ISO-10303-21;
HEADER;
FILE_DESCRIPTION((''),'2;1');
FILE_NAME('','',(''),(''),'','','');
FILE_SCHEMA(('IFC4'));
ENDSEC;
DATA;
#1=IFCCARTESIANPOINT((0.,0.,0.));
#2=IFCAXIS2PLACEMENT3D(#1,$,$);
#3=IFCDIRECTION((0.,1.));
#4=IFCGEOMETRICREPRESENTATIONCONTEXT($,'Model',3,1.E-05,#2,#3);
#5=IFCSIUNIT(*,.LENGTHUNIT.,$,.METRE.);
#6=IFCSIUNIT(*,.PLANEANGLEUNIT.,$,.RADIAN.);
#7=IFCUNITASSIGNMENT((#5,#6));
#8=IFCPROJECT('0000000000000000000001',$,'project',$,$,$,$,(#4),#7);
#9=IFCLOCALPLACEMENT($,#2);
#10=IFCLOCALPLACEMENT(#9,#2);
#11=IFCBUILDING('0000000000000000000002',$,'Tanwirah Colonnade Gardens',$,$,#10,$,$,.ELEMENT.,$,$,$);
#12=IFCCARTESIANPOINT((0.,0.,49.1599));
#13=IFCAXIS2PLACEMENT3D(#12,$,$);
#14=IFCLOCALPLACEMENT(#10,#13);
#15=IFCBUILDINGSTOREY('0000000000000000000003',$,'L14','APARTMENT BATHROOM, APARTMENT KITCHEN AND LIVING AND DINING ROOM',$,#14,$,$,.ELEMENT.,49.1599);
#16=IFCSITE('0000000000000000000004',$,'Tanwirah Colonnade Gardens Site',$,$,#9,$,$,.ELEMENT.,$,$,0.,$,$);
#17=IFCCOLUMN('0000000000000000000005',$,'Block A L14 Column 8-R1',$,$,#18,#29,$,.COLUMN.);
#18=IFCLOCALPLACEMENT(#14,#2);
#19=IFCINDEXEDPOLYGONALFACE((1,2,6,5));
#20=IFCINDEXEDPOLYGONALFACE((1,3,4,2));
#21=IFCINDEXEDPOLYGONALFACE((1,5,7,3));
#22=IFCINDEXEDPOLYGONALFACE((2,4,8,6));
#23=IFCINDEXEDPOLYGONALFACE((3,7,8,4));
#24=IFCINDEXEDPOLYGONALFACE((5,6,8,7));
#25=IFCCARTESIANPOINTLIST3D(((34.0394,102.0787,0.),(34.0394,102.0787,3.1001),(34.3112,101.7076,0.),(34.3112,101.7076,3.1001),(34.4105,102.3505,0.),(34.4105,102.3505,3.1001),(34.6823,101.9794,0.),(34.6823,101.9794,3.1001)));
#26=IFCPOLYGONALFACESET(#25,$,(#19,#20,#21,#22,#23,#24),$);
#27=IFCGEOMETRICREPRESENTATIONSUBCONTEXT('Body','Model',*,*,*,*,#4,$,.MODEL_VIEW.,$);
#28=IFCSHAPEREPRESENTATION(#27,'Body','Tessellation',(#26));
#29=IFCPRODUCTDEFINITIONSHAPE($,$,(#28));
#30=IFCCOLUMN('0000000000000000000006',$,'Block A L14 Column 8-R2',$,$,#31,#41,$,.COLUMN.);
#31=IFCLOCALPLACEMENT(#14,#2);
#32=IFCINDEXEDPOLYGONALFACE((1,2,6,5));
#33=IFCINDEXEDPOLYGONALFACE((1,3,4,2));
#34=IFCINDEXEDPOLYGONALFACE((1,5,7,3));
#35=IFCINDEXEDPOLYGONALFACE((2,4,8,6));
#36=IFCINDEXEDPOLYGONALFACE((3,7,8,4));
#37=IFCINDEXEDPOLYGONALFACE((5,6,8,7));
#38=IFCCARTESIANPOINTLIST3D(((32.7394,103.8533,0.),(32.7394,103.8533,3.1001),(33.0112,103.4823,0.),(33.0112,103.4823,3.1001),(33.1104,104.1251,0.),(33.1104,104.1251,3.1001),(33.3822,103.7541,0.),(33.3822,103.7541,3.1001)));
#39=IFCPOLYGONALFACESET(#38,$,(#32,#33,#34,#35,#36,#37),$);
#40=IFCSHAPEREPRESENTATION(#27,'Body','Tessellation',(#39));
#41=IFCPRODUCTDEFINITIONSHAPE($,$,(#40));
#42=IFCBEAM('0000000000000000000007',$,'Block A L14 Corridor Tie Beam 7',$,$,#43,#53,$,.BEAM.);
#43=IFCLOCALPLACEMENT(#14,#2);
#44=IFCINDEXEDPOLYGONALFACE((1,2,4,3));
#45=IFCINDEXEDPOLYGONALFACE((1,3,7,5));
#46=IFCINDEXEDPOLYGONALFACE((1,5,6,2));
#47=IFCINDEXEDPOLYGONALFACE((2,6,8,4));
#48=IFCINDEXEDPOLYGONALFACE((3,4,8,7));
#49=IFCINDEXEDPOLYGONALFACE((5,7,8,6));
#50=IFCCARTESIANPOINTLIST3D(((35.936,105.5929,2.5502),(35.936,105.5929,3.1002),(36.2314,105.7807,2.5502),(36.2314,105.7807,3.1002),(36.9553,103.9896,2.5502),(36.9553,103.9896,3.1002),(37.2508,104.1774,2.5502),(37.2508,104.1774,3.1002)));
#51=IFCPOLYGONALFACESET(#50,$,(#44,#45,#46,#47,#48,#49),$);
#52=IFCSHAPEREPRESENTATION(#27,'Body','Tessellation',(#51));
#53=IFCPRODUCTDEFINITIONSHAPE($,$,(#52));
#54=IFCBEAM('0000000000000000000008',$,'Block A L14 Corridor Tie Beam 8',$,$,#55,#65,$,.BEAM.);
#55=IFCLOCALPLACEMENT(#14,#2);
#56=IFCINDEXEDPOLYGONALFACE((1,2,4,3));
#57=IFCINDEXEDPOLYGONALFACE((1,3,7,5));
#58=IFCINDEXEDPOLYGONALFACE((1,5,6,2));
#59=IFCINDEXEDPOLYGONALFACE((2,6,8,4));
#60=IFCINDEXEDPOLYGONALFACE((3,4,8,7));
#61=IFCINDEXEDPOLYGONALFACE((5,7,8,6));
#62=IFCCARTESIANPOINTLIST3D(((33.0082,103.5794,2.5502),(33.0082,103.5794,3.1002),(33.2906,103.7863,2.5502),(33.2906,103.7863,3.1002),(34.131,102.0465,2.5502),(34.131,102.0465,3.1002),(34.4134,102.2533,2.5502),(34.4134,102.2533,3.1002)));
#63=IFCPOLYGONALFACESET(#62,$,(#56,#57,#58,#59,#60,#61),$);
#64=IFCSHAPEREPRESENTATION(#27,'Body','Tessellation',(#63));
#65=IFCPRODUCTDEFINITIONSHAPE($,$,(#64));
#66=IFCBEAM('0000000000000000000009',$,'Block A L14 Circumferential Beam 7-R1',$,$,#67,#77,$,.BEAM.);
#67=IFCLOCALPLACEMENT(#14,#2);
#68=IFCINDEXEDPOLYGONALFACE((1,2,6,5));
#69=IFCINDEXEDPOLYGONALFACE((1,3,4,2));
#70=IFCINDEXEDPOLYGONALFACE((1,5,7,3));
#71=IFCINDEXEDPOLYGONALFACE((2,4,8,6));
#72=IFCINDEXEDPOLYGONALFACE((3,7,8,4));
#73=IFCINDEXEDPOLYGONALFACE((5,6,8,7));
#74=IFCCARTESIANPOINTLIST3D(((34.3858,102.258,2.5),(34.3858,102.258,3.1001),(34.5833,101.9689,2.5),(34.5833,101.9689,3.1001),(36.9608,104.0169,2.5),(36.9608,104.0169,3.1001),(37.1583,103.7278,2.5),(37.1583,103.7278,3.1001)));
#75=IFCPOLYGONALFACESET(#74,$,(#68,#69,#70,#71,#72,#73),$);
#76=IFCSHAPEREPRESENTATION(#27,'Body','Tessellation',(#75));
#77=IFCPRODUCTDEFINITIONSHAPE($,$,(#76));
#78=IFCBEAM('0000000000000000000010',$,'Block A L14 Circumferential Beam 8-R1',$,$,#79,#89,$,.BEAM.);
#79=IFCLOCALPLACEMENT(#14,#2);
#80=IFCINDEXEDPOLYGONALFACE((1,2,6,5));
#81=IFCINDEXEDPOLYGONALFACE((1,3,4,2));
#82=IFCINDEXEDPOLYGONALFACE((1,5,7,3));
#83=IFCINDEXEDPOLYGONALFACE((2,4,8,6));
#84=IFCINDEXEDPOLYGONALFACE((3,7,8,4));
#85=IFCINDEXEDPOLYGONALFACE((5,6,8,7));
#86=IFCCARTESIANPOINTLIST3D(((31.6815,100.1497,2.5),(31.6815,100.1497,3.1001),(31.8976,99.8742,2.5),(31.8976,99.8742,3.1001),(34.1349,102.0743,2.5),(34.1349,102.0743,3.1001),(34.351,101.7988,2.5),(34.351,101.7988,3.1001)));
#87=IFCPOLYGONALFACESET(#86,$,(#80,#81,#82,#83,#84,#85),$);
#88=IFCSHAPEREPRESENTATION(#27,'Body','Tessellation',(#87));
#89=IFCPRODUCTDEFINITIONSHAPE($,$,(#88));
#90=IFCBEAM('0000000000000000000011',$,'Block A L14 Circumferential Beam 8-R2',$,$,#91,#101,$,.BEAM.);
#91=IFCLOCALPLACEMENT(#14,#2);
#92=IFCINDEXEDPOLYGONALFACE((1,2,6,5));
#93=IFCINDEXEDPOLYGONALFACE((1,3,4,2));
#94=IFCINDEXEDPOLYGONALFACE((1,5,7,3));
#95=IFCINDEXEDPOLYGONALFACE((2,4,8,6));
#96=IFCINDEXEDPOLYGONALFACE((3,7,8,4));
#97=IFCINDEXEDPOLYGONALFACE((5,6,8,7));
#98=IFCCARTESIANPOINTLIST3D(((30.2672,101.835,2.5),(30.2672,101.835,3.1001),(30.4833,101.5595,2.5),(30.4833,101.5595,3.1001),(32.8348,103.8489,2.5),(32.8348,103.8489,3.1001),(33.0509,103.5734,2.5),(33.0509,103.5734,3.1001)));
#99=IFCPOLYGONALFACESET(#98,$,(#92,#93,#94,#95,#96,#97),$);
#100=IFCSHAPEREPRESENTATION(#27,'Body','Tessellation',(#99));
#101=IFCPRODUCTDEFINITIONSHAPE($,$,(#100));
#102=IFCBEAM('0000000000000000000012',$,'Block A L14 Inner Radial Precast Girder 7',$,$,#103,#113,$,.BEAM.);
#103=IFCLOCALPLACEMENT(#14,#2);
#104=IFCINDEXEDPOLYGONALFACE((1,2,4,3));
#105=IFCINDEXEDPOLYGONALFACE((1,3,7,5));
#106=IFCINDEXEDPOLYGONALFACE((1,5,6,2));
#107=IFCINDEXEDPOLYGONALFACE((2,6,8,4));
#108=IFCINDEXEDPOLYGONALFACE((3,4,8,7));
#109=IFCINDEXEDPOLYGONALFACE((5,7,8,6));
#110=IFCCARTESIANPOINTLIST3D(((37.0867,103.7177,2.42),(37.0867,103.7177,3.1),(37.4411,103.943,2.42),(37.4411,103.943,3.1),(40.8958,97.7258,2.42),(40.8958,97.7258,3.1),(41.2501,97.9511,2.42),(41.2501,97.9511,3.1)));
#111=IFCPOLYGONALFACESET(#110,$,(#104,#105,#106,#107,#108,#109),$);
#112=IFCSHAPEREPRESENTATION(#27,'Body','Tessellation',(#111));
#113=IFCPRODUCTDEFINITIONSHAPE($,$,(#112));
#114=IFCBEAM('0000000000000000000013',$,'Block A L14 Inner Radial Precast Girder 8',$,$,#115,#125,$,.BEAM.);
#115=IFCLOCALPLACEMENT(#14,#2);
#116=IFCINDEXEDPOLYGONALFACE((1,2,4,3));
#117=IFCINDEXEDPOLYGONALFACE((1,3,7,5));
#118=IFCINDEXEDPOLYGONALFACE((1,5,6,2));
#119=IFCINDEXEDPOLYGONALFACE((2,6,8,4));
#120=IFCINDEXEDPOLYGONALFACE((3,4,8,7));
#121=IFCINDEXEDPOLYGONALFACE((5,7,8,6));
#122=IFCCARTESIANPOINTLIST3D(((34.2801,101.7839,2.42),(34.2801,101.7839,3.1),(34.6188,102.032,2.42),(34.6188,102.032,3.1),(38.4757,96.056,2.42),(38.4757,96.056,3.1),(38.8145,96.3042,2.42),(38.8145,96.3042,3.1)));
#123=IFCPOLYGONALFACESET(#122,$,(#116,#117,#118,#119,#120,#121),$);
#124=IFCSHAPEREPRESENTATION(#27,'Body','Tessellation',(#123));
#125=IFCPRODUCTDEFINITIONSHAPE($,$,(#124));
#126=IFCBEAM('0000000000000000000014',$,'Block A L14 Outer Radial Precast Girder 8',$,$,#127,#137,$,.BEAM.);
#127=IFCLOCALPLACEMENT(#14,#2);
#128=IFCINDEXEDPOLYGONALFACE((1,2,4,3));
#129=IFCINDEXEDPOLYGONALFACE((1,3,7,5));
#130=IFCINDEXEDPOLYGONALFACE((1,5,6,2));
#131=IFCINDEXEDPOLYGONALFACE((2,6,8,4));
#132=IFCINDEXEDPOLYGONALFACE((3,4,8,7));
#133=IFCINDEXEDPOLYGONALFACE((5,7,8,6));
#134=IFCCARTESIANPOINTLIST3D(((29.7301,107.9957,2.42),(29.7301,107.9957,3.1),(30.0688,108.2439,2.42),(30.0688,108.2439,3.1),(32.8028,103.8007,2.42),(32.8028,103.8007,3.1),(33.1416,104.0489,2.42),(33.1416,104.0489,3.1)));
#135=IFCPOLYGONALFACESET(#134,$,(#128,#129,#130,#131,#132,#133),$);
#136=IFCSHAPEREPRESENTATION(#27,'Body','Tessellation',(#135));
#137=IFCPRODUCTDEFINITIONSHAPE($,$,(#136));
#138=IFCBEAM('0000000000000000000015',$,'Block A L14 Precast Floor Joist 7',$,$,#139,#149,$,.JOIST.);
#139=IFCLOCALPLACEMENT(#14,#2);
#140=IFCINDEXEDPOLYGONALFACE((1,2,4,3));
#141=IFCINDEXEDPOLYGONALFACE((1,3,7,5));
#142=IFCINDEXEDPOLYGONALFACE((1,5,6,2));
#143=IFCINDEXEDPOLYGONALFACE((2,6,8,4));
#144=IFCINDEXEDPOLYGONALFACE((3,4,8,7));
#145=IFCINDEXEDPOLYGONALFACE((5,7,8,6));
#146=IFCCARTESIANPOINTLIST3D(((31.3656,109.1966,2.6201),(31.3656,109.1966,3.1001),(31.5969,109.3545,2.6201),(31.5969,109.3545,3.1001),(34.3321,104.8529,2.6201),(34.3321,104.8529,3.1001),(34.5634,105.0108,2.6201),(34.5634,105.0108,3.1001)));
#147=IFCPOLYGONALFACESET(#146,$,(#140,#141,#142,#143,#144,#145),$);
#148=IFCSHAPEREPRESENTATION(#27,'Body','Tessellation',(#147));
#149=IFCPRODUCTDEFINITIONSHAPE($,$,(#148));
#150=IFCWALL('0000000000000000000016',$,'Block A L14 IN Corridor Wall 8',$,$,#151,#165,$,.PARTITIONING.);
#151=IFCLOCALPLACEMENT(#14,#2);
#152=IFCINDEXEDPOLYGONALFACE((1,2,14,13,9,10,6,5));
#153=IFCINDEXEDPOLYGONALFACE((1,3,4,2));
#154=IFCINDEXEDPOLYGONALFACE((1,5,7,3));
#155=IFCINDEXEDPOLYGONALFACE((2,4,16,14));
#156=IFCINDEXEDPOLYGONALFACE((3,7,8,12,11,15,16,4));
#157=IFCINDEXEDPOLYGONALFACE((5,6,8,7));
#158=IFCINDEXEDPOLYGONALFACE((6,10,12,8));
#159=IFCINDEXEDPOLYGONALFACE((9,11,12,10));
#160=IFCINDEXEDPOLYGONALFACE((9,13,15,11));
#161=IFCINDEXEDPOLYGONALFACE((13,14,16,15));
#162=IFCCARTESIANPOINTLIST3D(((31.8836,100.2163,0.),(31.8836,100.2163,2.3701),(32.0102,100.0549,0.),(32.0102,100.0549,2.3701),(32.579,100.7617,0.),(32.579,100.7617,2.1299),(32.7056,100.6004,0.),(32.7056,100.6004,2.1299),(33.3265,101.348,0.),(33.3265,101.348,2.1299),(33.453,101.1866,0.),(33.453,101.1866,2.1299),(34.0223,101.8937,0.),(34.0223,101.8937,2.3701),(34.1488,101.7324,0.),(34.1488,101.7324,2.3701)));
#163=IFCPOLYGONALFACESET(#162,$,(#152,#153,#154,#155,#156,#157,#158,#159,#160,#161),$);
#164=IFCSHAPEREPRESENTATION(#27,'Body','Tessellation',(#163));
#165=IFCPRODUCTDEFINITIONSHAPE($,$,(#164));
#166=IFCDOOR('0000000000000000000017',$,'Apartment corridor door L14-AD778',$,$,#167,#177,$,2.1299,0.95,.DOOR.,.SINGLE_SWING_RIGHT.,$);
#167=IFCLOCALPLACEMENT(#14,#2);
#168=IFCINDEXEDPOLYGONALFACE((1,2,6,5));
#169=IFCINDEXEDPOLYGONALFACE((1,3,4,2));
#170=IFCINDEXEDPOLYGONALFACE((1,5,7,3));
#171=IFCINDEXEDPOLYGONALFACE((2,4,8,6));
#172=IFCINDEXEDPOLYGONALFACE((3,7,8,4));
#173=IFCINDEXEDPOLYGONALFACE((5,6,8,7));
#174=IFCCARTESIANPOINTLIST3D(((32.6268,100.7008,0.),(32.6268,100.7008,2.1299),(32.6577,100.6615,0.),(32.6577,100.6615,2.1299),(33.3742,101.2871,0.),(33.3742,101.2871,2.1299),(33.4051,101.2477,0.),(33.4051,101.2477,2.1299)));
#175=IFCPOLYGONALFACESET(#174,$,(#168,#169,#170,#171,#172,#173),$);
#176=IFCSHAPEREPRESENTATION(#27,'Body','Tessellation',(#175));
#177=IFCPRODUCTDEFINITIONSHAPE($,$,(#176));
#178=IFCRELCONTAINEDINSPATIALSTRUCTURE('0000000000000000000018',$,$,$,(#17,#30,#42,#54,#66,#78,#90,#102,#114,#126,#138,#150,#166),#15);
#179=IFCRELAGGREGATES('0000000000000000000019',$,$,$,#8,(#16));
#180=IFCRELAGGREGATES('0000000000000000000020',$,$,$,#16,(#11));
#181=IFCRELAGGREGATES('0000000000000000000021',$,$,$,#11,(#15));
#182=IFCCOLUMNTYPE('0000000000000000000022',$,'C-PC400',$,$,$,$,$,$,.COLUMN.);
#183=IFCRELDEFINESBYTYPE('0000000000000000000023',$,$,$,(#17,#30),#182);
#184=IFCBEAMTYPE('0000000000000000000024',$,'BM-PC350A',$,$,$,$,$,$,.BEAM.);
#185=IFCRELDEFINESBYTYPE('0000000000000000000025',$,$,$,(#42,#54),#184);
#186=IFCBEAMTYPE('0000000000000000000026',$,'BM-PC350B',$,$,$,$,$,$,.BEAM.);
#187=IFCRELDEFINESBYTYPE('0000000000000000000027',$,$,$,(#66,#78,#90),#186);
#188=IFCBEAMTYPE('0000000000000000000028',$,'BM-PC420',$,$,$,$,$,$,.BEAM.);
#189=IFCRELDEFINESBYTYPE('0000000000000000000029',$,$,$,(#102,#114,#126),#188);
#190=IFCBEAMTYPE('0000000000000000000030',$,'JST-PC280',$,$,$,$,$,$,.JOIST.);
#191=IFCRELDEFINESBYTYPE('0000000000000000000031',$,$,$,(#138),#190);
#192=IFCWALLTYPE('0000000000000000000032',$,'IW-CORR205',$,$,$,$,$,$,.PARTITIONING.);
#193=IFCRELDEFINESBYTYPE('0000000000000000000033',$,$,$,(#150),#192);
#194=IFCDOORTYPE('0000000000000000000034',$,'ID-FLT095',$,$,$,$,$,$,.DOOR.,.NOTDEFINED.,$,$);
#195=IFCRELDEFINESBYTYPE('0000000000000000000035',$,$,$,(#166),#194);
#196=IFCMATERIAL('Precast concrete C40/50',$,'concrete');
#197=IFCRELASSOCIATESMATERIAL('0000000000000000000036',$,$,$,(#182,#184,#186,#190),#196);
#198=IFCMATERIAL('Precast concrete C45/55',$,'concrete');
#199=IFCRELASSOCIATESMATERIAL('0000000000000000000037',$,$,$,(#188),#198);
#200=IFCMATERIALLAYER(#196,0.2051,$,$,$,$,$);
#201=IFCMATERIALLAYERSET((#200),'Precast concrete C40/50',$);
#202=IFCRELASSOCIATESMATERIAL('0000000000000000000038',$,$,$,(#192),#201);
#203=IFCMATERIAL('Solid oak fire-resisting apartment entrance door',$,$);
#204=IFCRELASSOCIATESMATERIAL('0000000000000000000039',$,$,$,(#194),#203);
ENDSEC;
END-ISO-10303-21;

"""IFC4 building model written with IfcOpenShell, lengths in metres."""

from ifc_helpers import new_model, si_unit, direction, frame, frame_2d, origin, origin_2d, place, context, subcontext, project, spatial, rectangle, extrude, material, layer, layer_set, material_profile, profile_set, type_object, element, fill, save


model = new_model("IFC4")

# Units and contexts
model_context = context("Model", 3, precision=1e-05, world=origin(), true_north=direction((0.0, 1.0)))
body_context = subcontext(model_context, "Body", "Model", "MODEL_VIEW")
ifc_project = project(units=[si_unit("LENGTHUNIT", "METRE"), si_unit("PLANEANGLEUNIT", "RADIAN")], contexts=[model_context])

# Site, building, storey
site_placement = place(None, origin())
site = spatial("IfcSite", under=ifc_project, at=site_placement, Name="Tanwirah Colonnade Gardens Site", CompositionType="ELEMENT", RefElevation=0.0)
building_placement = place(site_placement, origin())
building = spatial("IfcBuilding", under=site, at=building_placement, Name="Tanwirah Colonnade Gardens", CompositionType="ELEMENT")
storey_placement = place(building_placement, frame((0.0, 0.0, 49.1599)))
storey = spatial("IfcBuildingStorey", under=building, at=storey_placement, Name="L14", Description="APARTMENT BATHROOM, APARTMENT KITCHEN AND LIVING AND DINING ROOM", CompositionType="ELEMENT", Elevation=49.1599)

# Columns
ifc_material_1 = material(Name="Precast concrete C40/50", Category="concrete")
ifc_material_profile_1 = material_profile(ifc_material_1, rectangle(XDim=0.46, YDim=0.46, at=origin_2d()), Name="PC-COL 460x460")
ifc_profile_set_1 = profile_set([ifc_material_profile_1], Name="Precast concrete C40/50")
column_type = type_object("IfcColumnType", Name="C-PC400", PredefinedType="COLUMN", material=ifc_profile_set_1)
for number, where, z_axis, x_axis, name in (
    (1, (34.3608, 102.0291, 0.0), (0.0, 0.0, 1.0), (-0.590919, 0.806731, 0.0), "Block A L14 Column 8-R1"),
    (2, (33.0608, 103.8037, 0.0), (0.0, 0.0, 1.0), (-0.590919, 0.806731, 0.0), "Block A L14 Column 8-R2"),
):
    element("IfcColumn", number, at=place(storey_placement, frame(where, z_axis=z_axis, x_axis=x_axis)), inside=storey, type_object=column_type, Name=name, PredefinedType="COLUMN", context=body_context, shape_type="SweptSolid", body=[
        extrude(rectangle(XDim=0.46, YDim=0.46, at=origin_2d()), origin(), (0.0, 0.0, 1.0), 3.1001),
    ])

# Beams
ifc_material_profile_2 = material_profile(ifc_material_1, rectangle(XDim=0.3501, YDim=0.55, at=origin_2d()), Name="PC-BM 350x550")
ifc_profile_set_2 = profile_set([ifc_material_profile_2], Name="Precast concrete C40/50")
beam_type_1 = type_object("IfcBeamType", Name="BM-PC350A", PredefinedType="BEAM", material=ifc_profile_set_2)
beam_1_placement = place(storey_placement, frame((37.103, 104.0835, 2.8252), z_axis=(-0.53651, 0.843894, 0.0), x_axis=(-0.843894, -0.53651, 0.0)))
element("IfcBeam", 3, at=beam_1_placement, inside=storey, type_object=beam_type_1, Name="Block A L14 Corridor Tie Beam 7", PredefinedType="BEAM", context=body_context, shape_type="SweptSolid", body=[
    extrude(rectangle(XDim=0.3501, YDim=0.55, at=origin_2d()), origin(), (0.0, 0.0, 1.0), 1.8999),
])
beam_2_placement = place(storey_placement, frame((34.2722, 102.1499, 2.8252), z_axis=(-0.590896, 0.806748, 0.0), x_axis=(-0.806748, -0.590896, 0.0)))
element("IfcBeam", 4, at=beam_2_placement, inside=storey, type_object=beam_type_1, Name="Block A L14 Corridor Tie Beam 8", PredefinedType="BEAM", context=body_context, shape_type="SweptSolid", body=[
    extrude(rectangle(XDim=0.3501, YDim=0.55, at=origin_2d()), origin(), (0.0, 0.0, 1.0), 1.9001),
])
ifc_material_profile_3 = material_profile(ifc_material_1, rectangle(XDim=0.3501, YDim=0.6001, at=origin_2d()), Name="PC-BM 350x600")
ifc_profile_set_3 = profile_set([ifc_material_profile_3], Name="Precast concrete C40/50")
beam_type_2 = type_object("IfcBeamType", Name="BM-PC350B", PredefinedType="BEAM", material=ifc_profile_set_3)
beam_3_placement = place(storey_placement, frame((37.0596, 103.8723, 2.8), z_axis=(-0.825758, -0.564024, 0.0), x_axis=(0.564024, -0.825758, 0.0)))
element("IfcBeam", 5, at=beam_3_placement, inside=storey, type_object=beam_type_2, Name="Block A L14 Circumferential Beam 7-R1", PredefinedType="BEAM", context=body_context, shape_type="SweptSolid", body=[
    extrude(rectangle(XDim=0.3501, YDim=0.6001, at=origin_2d()), origin(), (0.0, 0.0, 1.0), 3.1184),
])
beam_4_placement = place(storey_placement, frame((34.2429, 101.9365, 2.8), z_axis=(-0.786799, -0.617209, 0.0), x_axis=(0.617209, -0.786799, 0.0)))
element("IfcBeam", 6, at=beam_4_placement, inside=storey, type_object=beam_type_2, Name="Block A L14 Circumferential Beam 8-R1", PredefinedType="BEAM", context=body_context, shape_type="SweptSolid", body=[
    extrude(rectangle(XDim=0.3501, YDim=0.6001, at=origin_2d()), origin(), (0.0, 0.0, 1.0), 3.1182),
])
beam_5_placement = place(storey_placement, frame((32.9429, 103.7112, 2.8), z_axis=(-0.78684, -0.617157, 0.0), x_axis=(0.617157, -0.78684, 0.0)))
element("IfcBeam", 7, at=beam_5_placement, inside=storey, type_object=beam_type_2, Name="Block A L14 Circumferential Beam 8-R2", PredefinedType="BEAM", context=body_context, shape_type="SweptSolid", body=[
    extrude(rectangle(XDim=0.3501, YDim=0.6001, at=origin_2d()), origin(), (0.0, 0.0, 1.0), 3.2632),
])
ifc_material_2 = material(Name="Precast concrete C45/55", Category="concrete")
ifc_material_profile_4 = material_profile(ifc_material_2, rectangle(XDim=0.4199, YDim=0.6799, at=origin_2d()), Name="PC-BM 420x680")
ifc_profile_set_4 = profile_set([ifc_material_profile_4], Name="Precast concrete C45/55")
beam_type_3 = type_object("IfcBeamType", Name="BM-PC420", PredefinedType="BEAM", material=ifc_profile_set_4)
for number, where, z_axis, x_axis, name in (
    (8, (37.2639, 103.8303, 2.76), (0.536477, -0.843915, 0.0), (0.843915, 0.536477, 0.0), "Block A L14 Inner Radial Precast Girder 7"),
    (9, (34.4495, 101.908, 2.76), (0.590922, -0.806728, 0.0), (0.806728, 0.590922, 0.0), "Block A L14 Inner Radial Precast Girder 8"),
):
    element("IfcBeam", number, at=place(storey_placement, frame(where, z_axis=z_axis, x_axis=x_axis)), inside=storey, type_object=beam_type_3, Name=name, PredefinedType="BEAM", context=body_context, shape_type="SweptSolid", body=[
        extrude(rectangle(XDim=0.4199, YDim=0.6799, at=origin_2d()), origin(), (0.0, 0.0, 1.0), 7.1001),
    ])
beam_6_placement = place(storey_placement, frame((32.9722, 103.9248, 2.76), z_axis=(-0.59091, 0.806738, 0.0), x_axis=(-0.806738, -0.59091, 0.0)))
element("IfcBeam", 10, at=beam_6_placement, inside=storey, type_object=beam_type_3, Name="Block A L14 Outer Radial Precast Girder 8", PredefinedType="BEAM", context=body_context, shape_type="SweptSolid", body=[
    extrude(rectangle(XDim=0.4199, YDim=0.6799, at=origin_2d()), origin(), (0.0, 0.0, 1.0), 5.2),
])
ifc_material_profile_5 = material_profile(ifc_material_1, rectangle(XDim=0.28, YDim=0.48, at=origin_2d()), Name="PC-JST 280x480")
ifc_profile_set_5 = profile_set([ifc_material_profile_5], Name="Precast concrete C40/50")
beam_type_4 = type_object("IfcBeamType", Name="JST-PC280", PredefinedType="JOIST", material=ifc_profile_set_5)
beam_7_placement = place(storey_placement, frame((34.4478, 104.9319, 2.8601), z_axis=(-0.563973, 0.825793, 0.0), x_axis=(-0.825793, -0.563973, 0.0)))
element("IfcBeam", 11, at=beam_7_placement, inside=storey, type_object=beam_type_4, Name="Block A L14 Precast Floor Joist 7", PredefinedType="JOIST", context=body_context, shape_type="SweptSolid", body=[
    extrude(rectangle(XDim=0.28, YDim=0.48, at=origin_2d()), origin(), (0.0, 0.0, 1.0), 5.26),
])

# Wall, opening, door
ifc_layer_1 = layer(ifc_material_1, 0.2051)
ifc_layer_set_1 = layer_set([ifc_layer_1], Name="Precast concrete C40/50")
wall_type_1 = type_object("IfcWallType", Name="IW-CORR205", PredefinedType="PARTITIONING", material=ifc_layer_set_1)
ifc_material_3 = material(Name="Solid oak fire-resisting apartment entrance door")
wall_1_placement = place(storey_placement, frame((34.0854, 101.813, 0.0), z_axis=(0.0, 0.0, 1.0), x_axis=(-0.786835, -0.617163, 0.0)))
wall_1 = element("IfcWall", 12, at=wall_1_placement, inside=storey, type_object=wall_type_1, Name="Block A L14 IN Corridor Wall 8", PredefinedType="PARTITIONING", context=body_context, shape_type="SweptSolid", body=[
    extrude(rectangle(XDim=2.718, YDim=0.2051, at=frame_2d((1.3589, 0.0))), origin(), (0.0, 0.0, 1.0), 2.3701),
])
opening_1_placement = place(wall_1_placement, frame((0.884, 0.0, 0.0)))
opening_1 = element("IfcOpeningElement", 13, at=opening_1_placement, cuts=wall_1, PredefinedType="OPENING", context=body_context, shape_type="SweptSolid", body=[
    extrude(rectangle(XDim=0.95, YDim=2.1299, at=frame_2d((0.4751, 1.0649))), frame((0.0, 0.1125, 0.0), z_axis=(0.0, -1.0, 0.0), x_axis=(1.0, 0.0, 0.0)), (0.0, 0.0, 1.0), 0.2251),
])
door_type_1 = type_object("IfcDoorType", Name="ID-FLT095", OperationType="NOTDEFINED", PredefinedType="DOOR", material=ifc_material_3)
door_1_placement = place(opening_1_placement, origin())
door_1 = element("IfcDoor", 14, at=door_1_placement, inside=storey, type_object=door_type_1, Name="Apartment corridor door L14-AD778", OperationType="SINGLE_SWING_RIGHT", OverallHeight=2.1299, OverallWidth=0.95, PredefinedType="DOOR", context=body_context, shape_type="SweptSolid", body=[
    extrude(rectangle(XDim=0.95, YDim=2.1299, at=frame_2d((0.4751, 1.0649))), frame((0.0, 0.0249, 0.0), z_axis=(0.0, -1.0, 0.0), x_axis=(1.0, 0.0, 0.0)), (0.0, 0.0, 1.0), 0.05),
])
fill(opening_1, door_1)

save(model, "model.ifc")
